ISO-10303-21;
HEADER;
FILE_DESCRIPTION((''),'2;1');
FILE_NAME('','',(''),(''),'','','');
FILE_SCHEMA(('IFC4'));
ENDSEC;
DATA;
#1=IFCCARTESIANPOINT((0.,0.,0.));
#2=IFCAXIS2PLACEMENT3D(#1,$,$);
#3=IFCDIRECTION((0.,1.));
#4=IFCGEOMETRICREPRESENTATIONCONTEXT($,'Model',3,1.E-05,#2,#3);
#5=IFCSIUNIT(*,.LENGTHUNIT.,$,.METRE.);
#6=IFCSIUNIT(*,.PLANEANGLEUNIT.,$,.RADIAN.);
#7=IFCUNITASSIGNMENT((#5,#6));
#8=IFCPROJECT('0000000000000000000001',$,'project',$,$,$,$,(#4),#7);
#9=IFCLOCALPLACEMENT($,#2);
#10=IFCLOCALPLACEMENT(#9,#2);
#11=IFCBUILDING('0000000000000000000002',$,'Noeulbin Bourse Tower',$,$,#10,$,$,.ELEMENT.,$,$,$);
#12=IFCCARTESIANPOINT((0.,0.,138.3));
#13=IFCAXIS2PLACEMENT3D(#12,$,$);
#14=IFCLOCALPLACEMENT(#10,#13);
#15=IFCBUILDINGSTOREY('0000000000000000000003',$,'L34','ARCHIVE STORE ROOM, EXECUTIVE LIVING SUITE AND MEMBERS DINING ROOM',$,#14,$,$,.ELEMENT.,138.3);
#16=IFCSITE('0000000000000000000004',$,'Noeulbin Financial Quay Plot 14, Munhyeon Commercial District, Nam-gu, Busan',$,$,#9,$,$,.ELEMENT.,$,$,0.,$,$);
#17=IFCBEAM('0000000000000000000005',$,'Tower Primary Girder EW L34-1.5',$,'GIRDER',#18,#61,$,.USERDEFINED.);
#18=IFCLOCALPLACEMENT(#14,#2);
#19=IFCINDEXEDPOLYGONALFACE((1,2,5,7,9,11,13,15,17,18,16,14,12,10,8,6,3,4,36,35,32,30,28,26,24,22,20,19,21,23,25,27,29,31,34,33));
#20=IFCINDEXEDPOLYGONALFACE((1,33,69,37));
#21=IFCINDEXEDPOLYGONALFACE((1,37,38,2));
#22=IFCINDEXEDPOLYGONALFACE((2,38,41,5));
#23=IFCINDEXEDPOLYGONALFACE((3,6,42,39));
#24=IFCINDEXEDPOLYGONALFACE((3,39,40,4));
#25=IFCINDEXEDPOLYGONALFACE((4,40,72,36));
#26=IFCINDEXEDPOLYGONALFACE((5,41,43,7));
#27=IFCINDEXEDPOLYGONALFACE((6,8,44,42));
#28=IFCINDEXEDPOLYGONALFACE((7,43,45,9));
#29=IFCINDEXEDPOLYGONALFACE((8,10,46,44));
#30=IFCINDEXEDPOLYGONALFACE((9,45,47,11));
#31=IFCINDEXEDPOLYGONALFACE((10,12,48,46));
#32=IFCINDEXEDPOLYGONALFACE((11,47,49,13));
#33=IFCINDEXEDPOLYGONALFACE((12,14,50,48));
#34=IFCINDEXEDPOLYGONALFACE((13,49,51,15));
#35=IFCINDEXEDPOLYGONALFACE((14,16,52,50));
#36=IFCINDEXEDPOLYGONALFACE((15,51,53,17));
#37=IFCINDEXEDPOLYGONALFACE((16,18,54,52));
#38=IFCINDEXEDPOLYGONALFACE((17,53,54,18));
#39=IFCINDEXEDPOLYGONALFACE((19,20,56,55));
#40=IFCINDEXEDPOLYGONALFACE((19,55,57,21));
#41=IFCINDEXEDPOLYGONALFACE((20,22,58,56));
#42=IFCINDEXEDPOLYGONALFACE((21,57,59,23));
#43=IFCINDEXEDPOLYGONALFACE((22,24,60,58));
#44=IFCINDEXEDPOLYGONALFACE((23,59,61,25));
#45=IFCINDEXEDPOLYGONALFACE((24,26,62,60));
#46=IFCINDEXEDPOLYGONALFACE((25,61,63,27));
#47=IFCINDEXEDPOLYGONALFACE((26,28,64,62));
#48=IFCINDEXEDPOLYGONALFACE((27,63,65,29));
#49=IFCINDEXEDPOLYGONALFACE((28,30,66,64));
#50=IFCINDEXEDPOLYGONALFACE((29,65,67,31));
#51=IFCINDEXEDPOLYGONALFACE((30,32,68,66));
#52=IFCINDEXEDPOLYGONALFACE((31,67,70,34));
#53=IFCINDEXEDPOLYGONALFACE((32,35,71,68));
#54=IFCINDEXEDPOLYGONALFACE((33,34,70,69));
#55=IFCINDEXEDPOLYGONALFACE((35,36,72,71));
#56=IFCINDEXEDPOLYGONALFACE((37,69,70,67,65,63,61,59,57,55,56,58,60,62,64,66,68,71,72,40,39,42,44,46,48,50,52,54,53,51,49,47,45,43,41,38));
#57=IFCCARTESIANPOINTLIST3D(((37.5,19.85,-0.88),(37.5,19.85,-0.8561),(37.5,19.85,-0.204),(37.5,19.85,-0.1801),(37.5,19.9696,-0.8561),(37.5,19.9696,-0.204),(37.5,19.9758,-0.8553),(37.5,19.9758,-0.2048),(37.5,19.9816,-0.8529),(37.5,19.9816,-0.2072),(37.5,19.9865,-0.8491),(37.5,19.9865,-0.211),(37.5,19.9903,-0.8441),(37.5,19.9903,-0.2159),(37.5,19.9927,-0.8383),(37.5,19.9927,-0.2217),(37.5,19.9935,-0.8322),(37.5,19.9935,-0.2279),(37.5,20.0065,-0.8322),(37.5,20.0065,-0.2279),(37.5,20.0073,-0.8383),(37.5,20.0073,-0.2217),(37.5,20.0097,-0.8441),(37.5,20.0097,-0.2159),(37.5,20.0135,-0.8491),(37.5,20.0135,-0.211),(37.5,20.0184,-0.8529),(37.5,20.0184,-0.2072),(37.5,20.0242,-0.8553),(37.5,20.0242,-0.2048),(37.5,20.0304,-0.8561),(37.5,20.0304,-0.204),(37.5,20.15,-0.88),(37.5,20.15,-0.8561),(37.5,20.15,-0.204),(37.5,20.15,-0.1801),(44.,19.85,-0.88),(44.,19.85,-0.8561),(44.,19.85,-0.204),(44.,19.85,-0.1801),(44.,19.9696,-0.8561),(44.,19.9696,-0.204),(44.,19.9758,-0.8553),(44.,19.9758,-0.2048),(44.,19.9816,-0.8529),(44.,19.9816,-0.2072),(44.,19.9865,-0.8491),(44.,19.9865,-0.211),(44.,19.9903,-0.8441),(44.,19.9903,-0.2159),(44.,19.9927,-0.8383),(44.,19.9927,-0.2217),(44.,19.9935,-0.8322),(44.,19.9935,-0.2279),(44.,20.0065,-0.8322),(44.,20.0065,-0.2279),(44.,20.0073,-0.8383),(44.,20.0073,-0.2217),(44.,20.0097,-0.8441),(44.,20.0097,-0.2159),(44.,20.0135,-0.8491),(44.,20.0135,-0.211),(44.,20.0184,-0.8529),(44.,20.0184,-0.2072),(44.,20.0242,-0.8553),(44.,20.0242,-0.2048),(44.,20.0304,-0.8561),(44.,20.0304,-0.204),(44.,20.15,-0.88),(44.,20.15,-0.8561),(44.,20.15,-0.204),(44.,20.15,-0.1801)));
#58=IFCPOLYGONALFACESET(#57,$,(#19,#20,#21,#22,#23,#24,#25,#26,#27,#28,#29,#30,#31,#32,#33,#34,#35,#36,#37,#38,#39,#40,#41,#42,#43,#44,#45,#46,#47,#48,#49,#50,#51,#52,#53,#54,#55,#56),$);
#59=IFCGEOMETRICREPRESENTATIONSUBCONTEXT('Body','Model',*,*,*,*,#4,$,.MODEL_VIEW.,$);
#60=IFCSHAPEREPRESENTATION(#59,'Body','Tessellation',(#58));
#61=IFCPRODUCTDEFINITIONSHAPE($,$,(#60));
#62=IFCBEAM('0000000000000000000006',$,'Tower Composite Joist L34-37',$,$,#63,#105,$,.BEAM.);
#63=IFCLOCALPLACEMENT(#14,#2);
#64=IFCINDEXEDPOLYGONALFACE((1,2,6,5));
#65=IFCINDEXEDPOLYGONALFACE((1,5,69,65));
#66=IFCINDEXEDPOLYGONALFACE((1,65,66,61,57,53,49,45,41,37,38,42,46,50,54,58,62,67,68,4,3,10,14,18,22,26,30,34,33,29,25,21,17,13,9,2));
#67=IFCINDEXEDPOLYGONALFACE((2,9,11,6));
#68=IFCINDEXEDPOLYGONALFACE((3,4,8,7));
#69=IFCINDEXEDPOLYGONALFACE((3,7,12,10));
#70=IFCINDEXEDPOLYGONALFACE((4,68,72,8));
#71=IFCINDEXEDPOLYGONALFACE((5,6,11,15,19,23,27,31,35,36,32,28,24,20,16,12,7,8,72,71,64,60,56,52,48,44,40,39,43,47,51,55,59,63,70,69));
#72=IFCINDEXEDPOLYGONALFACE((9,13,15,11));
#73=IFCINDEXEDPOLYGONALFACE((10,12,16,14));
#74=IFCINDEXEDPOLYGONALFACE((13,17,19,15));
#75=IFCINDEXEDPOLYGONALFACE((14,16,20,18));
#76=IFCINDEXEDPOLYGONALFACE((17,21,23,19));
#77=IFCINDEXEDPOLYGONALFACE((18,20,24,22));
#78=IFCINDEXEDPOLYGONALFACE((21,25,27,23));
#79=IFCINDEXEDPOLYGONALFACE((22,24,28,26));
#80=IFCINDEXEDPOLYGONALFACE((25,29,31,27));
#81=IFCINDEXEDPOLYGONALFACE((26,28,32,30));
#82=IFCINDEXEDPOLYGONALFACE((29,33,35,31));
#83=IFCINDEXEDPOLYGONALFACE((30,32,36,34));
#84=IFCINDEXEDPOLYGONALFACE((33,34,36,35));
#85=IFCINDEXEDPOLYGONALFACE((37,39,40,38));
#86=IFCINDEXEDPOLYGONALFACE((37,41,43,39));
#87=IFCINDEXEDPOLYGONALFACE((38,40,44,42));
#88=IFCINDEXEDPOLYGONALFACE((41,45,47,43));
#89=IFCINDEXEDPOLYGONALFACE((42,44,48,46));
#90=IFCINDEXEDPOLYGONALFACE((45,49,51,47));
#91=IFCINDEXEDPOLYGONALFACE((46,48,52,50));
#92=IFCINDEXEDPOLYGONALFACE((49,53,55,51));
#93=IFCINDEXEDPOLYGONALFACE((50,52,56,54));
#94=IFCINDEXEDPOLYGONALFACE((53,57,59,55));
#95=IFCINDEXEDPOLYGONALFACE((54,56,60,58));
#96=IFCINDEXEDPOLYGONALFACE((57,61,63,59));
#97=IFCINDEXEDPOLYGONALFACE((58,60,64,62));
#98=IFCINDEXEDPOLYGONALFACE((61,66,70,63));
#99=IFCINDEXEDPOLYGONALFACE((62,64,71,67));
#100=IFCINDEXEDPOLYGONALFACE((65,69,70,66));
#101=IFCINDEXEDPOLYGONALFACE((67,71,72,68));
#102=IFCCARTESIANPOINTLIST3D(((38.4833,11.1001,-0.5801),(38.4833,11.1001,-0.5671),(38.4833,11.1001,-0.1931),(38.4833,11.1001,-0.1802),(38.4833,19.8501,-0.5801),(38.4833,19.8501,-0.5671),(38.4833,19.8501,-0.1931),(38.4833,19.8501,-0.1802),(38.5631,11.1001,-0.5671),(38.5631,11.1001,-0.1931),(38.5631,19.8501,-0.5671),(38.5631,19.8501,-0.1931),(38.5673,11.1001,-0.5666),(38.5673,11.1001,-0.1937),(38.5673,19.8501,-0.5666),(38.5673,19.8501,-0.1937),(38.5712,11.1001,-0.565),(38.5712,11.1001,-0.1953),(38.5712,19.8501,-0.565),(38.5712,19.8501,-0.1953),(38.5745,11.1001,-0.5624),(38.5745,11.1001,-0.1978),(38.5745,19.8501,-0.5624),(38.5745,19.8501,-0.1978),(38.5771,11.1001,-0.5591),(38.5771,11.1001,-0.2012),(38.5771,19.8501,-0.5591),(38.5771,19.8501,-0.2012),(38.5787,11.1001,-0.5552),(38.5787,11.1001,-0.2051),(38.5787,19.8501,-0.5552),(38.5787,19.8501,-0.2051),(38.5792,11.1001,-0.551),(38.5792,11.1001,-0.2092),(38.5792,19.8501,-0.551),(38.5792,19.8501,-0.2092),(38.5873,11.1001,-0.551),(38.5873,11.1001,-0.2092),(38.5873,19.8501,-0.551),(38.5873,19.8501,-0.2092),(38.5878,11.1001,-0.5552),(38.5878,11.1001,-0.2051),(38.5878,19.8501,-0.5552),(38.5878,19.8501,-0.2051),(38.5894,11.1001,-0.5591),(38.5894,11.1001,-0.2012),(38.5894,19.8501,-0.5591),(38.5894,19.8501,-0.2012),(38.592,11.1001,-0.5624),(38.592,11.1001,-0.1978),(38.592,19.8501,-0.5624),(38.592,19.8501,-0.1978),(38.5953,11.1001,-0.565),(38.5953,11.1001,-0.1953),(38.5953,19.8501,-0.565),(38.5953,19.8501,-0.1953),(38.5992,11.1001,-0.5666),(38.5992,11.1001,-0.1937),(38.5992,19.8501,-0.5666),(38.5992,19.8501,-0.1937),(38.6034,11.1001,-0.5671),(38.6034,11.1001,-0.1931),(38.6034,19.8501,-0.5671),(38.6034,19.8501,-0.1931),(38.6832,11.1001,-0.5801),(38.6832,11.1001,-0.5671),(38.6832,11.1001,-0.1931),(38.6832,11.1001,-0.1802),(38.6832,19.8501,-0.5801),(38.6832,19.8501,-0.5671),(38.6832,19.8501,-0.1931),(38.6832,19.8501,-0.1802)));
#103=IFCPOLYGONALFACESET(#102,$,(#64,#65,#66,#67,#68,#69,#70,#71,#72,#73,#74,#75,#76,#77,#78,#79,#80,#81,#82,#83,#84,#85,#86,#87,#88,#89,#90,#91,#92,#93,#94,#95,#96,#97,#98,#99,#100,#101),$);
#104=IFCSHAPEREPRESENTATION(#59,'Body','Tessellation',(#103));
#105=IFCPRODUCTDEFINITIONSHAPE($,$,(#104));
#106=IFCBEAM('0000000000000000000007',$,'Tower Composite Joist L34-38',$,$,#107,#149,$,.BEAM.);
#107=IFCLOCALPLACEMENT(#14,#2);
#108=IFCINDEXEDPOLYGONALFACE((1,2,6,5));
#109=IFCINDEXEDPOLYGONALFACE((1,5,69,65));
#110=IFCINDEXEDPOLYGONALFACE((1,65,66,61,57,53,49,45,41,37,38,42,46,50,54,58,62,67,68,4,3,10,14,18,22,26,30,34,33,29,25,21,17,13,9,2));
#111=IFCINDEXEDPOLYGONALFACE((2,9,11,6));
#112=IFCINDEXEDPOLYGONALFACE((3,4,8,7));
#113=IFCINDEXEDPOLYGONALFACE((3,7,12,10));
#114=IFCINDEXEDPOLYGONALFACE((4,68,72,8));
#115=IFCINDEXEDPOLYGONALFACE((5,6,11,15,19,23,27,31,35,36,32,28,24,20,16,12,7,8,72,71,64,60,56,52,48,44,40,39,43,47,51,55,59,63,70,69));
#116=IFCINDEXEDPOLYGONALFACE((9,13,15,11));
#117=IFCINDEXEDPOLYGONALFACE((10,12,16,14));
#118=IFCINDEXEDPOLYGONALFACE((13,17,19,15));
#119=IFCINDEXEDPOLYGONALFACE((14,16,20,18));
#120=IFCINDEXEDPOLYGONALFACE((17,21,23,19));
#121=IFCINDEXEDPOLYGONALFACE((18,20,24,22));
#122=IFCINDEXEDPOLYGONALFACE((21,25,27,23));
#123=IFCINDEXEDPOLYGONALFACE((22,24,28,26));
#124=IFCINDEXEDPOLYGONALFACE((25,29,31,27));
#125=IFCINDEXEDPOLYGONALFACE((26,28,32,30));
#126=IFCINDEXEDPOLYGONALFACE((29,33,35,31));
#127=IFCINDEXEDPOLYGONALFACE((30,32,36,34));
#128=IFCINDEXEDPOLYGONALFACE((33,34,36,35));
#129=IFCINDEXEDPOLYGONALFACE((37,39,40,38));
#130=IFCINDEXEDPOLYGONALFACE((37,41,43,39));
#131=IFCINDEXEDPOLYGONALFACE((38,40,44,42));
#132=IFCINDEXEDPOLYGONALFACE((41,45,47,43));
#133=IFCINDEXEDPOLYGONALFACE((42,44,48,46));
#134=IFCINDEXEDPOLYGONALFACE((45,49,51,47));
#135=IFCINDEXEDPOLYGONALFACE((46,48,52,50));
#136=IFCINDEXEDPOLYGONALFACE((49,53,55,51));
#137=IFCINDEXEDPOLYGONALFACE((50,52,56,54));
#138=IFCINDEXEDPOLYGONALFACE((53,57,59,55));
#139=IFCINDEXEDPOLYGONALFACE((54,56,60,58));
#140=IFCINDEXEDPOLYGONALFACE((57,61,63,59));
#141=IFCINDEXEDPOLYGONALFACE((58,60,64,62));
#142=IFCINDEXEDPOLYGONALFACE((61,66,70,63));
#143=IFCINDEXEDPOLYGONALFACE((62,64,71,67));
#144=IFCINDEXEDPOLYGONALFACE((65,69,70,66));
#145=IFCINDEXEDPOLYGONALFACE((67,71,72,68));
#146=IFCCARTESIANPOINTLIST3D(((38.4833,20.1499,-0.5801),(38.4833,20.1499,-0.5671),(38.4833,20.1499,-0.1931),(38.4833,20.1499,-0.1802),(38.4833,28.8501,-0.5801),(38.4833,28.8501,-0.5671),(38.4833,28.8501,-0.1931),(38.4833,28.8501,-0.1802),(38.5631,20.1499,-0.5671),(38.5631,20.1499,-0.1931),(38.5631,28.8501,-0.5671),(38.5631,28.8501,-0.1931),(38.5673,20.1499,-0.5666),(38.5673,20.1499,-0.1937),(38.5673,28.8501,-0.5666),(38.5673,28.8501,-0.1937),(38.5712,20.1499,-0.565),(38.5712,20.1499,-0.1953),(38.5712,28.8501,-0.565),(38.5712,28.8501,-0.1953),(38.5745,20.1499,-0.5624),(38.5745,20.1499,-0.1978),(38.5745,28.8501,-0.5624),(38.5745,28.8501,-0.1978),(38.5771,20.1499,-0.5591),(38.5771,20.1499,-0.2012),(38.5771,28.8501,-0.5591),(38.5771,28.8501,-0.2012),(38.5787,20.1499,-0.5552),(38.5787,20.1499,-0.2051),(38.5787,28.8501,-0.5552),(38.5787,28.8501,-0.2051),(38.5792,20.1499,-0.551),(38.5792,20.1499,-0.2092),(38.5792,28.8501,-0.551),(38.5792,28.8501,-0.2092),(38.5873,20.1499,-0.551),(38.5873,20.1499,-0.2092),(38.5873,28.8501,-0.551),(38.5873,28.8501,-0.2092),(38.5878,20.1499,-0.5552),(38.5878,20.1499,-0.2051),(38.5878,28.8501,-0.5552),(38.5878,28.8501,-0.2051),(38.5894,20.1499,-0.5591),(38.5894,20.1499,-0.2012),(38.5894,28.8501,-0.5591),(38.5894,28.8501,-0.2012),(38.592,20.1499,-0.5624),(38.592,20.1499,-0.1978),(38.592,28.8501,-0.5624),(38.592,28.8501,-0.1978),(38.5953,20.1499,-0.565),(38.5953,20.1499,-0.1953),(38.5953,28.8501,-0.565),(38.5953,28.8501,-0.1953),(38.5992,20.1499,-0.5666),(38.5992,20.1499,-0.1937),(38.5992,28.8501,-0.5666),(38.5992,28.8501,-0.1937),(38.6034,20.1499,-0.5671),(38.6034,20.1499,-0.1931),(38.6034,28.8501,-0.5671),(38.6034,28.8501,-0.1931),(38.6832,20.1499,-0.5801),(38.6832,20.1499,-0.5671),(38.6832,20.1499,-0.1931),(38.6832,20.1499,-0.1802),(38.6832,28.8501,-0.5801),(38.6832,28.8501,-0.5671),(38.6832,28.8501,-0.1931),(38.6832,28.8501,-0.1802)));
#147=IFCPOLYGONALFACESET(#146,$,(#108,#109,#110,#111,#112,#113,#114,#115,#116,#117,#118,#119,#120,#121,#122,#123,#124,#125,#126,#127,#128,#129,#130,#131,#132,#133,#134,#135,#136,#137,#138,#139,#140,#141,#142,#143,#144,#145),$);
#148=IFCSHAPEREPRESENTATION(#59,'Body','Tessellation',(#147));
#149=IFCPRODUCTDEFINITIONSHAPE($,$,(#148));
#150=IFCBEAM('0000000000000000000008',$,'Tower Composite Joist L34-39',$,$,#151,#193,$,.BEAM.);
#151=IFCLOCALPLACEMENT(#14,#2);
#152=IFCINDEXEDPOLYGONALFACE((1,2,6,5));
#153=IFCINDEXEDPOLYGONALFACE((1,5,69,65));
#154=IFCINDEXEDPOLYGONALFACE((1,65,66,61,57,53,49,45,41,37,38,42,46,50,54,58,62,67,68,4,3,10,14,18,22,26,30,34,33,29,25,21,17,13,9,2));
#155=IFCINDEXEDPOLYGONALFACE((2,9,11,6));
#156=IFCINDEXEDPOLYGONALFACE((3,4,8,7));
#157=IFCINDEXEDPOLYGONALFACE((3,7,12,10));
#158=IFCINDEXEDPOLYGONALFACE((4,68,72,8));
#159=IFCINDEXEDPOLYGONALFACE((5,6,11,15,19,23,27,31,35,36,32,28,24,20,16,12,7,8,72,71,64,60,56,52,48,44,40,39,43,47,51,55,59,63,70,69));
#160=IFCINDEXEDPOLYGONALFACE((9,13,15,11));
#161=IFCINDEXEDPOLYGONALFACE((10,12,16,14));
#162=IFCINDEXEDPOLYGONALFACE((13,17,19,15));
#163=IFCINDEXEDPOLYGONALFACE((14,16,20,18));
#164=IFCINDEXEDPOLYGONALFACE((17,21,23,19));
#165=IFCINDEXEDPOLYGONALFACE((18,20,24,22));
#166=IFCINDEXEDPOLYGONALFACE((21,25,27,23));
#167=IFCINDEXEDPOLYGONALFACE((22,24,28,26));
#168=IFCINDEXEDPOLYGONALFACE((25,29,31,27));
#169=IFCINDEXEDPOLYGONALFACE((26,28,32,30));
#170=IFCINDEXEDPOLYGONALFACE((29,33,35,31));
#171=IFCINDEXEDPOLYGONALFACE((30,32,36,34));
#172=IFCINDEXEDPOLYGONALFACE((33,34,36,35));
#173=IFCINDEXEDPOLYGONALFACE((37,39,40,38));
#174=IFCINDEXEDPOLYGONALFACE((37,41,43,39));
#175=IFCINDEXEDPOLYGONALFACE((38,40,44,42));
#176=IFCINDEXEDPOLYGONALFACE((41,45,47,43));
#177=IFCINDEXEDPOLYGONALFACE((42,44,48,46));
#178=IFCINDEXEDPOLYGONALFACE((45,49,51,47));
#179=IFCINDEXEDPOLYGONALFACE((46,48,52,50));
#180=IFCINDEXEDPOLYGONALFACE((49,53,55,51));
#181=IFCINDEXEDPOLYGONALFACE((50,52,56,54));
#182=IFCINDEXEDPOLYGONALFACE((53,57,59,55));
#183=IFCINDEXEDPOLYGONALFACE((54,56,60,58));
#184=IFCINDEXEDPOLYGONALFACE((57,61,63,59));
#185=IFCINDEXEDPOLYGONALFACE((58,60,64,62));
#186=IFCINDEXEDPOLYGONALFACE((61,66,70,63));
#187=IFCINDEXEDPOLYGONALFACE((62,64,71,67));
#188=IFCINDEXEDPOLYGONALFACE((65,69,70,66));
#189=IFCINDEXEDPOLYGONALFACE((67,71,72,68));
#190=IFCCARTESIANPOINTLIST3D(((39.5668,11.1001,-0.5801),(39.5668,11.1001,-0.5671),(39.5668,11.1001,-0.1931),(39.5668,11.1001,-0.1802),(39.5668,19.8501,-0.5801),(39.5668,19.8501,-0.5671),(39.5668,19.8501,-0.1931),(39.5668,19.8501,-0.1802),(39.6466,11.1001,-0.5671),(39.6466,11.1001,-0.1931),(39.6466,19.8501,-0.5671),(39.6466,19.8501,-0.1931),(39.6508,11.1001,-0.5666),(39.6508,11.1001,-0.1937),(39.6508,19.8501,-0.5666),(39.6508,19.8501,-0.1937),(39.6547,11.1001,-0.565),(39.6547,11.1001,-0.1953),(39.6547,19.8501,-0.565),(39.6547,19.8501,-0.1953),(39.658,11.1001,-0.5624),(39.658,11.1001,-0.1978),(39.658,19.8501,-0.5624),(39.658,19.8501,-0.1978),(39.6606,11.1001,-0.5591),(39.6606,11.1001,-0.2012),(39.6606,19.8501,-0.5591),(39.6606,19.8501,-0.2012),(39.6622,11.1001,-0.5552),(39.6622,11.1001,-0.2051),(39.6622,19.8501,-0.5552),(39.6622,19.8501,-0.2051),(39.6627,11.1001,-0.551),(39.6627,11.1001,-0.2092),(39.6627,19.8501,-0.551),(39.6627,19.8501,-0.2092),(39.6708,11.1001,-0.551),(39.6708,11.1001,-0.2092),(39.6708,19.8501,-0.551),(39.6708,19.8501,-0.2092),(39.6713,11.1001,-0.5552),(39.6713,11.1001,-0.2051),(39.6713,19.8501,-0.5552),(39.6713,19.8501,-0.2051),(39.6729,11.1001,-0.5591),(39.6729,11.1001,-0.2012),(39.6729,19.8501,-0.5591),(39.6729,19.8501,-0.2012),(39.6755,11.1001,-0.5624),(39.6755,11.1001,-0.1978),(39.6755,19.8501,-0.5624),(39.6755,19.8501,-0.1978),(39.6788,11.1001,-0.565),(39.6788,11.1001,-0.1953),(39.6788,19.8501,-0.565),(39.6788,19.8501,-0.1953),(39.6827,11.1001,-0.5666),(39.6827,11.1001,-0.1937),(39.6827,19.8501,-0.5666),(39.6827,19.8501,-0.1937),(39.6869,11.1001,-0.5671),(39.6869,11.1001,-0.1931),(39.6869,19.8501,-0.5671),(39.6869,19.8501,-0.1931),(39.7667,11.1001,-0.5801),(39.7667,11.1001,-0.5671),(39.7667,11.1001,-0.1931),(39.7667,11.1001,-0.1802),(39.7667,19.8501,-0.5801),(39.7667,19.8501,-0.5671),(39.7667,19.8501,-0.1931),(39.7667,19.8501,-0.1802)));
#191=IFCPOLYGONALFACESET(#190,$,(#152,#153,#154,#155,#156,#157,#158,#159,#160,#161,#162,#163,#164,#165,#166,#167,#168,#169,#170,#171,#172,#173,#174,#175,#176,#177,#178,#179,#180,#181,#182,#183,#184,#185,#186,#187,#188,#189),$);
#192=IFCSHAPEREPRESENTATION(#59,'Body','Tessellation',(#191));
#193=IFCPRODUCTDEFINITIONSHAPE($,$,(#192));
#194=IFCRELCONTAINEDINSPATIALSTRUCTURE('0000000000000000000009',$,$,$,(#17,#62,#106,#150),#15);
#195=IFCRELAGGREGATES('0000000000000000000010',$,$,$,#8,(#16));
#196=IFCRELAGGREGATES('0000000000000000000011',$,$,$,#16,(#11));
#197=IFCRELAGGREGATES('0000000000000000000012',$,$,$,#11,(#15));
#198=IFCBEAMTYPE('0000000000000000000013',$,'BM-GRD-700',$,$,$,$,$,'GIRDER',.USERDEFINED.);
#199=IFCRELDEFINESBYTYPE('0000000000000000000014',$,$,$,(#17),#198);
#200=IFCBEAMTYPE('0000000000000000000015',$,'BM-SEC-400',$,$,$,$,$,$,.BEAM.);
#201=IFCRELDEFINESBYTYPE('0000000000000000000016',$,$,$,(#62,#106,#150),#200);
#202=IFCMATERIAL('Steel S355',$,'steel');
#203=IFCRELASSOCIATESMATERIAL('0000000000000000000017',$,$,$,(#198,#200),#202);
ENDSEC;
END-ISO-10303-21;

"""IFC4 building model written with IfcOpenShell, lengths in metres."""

from ifc_helpers import new_model, si_unit, direction, frame, origin, origin_2d, place, context, subcontext, project, spatial, i_section, extrude, material, material_profile, profile_set, type_object, element, save


model = new_model("IFC4")

# Units and contexts
model_context = context("Model", 3, precision=1e-05, world=origin(), true_north=direction((0.0, 1.0)))
body_context = subcontext(model_context, "Body", "Model", "MODEL_VIEW")
ifc_project = project(units=[si_unit("LENGTHUNIT", "METRE"), si_unit("PLANEANGLEUNIT", "RADIAN")], contexts=[model_context])

# Site, building, storey
site_placement = place(None, origin())
site = spatial("IfcSite", under=ifc_project, at=site_placement, Name="Noeulbin Financial Quay Plot 14, Munhyeon Commercial District, Nam-gu, Busan", CompositionType="ELEMENT", RefElevation=0.0)
building_placement = place(site_placement, origin())
building = spatial("IfcBuilding", under=site, at=building_placement, Name="Noeulbin Bourse Tower", CompositionType="ELEMENT")
storey_placement = place(building_placement, frame((0.0, 0.0, 138.3)))
storey = spatial("IfcBuildingStorey", under=building, at=storey_placement, Name="L34", Description="ARCHIVE STORE ROOM, EXECUTIVE LIVING SUITE AND MEMBERS DINING ROOM", CompositionType="ELEMENT", Elevation=138.3)

# Shared definitions
ifc_material_1 = material(Name="Steel S355", Category="steel")

# Beams
ifc_material_profile_1 = material_profile(ifc_material_1, i_section(OverallWidth=0.3, OverallDepth=0.7, WebThickness=0.0129, FlangeThickness=0.0239, FilletRadius=0.0239, at=origin_2d()), Name="H-700x300x13x24", Category="LoadBearing")
ifc_profile_set_1 = profile_set([ifc_material_profile_1], Name="Steel S355")
beam_type_1 = type_object("IfcBeamType", Name="BM-GRD-700", ElementType="GIRDER", PredefinedType="USERDEFINED", material=ifc_profile_set_1)
beam_1_placement = place(storey_placement, frame((37.5, 20.0, -0.53), z_axis=(1.0, 0.0, 0.0), x_axis=(0.0, 1.0, 0.0)))
element("IfcBeam", 1, at=beam_1_placement, inside=storey, type_object=beam_type_1, Name="Tower Primary Girder EW L34-1.5", ObjectType="GIRDER", PredefinedType="USERDEFINED", context=body_context, shape_type="SweptSolid", body=[
    extrude(i_section(OverallWidth=0.3, OverallDepth=0.7, WebThickness=0.0129, FlangeThickness=0.0239, FilletRadius=0.0239, at=origin_2d()), origin(), (0.0, 0.0, 1.0), 6.5),
])
ifc_material_profile_2 = material_profile(ifc_material_1, i_section(OverallWidth=0.2, OverallDepth=0.3999, WebThickness=0.0081, FlangeThickness=0.0129, FilletRadius=0.0161, at=origin_2d()), Name="H-400x200x8x13", Category="LoadBearing")
ifc_profile_set_2 = profile_set([ifc_material_profile_2], Name="Steel S355")
beam_type_2 = type_object("IfcBeamType", Name="BM-SEC-400", PredefinedType="BEAM", material=ifc_profile_set_2)
beam_2_placement = place(storey_placement, frame((38.5833, 11.1001, -0.3801), z_axis=(0.0, 1.0, 0.0), x_axis=(-1.0, 0.0, 0.0)))
element("IfcBeam", 2, at=beam_2_placement, inside=storey, type_object=beam_type_2, Name="Tower Composite Joist L34-37", PredefinedType="BEAM", context=body_context, shape_type="SweptSolid", body=[
    extrude(i_section(OverallWidth=0.2, OverallDepth=0.3999, WebThickness=0.0081, FlangeThickness=0.0129, FilletRadius=0.0161, at=origin_2d()), origin(), (0.0, 0.0, 1.0), 8.75),
])
beam_3_placement = place(storey_placement, frame((38.5833, 20.1499, -0.3801), z_axis=(0.0, 1.0, 0.0), x_axis=(-1.0, 0.0, 0.0)))
element("IfcBeam", 3, at=beam_3_placement, inside=storey, type_object=beam_type_2, Name="Tower Composite Joist L34-38", PredefinedType="BEAM", context=body_context, shape_type="SweptSolid", body=[
    extrude(i_section(OverallWidth=0.2, OverallDepth=0.3999, WebThickness=0.0081, FlangeThickness=0.0129, FilletRadius=0.0161, at=origin_2d()), origin(), (0.0, 0.0, 1.0), 8.7002),
])
beam_4_placement = place(storey_placement, frame((39.6667, 11.1001, -0.3801), z_axis=(0.0, 1.0, 0.0), x_axis=(-1.0, 0.0, 0.0)))
element("IfcBeam", 4, at=beam_4_placement, inside=storey, type_object=beam_type_2, Name="Tower Composite Joist L34-39", PredefinedType="BEAM", context=body_context, shape_type="SweptSolid", body=[
    extrude(i_section(OverallWidth=0.2, OverallDepth=0.3999, WebThickness=0.0081, FlangeThickness=0.0129, FilletRadius=0.0161, at=origin_2d()), origin(), (0.0, 0.0, 1.0), 8.75),
])

save(model, "model.ifc")
